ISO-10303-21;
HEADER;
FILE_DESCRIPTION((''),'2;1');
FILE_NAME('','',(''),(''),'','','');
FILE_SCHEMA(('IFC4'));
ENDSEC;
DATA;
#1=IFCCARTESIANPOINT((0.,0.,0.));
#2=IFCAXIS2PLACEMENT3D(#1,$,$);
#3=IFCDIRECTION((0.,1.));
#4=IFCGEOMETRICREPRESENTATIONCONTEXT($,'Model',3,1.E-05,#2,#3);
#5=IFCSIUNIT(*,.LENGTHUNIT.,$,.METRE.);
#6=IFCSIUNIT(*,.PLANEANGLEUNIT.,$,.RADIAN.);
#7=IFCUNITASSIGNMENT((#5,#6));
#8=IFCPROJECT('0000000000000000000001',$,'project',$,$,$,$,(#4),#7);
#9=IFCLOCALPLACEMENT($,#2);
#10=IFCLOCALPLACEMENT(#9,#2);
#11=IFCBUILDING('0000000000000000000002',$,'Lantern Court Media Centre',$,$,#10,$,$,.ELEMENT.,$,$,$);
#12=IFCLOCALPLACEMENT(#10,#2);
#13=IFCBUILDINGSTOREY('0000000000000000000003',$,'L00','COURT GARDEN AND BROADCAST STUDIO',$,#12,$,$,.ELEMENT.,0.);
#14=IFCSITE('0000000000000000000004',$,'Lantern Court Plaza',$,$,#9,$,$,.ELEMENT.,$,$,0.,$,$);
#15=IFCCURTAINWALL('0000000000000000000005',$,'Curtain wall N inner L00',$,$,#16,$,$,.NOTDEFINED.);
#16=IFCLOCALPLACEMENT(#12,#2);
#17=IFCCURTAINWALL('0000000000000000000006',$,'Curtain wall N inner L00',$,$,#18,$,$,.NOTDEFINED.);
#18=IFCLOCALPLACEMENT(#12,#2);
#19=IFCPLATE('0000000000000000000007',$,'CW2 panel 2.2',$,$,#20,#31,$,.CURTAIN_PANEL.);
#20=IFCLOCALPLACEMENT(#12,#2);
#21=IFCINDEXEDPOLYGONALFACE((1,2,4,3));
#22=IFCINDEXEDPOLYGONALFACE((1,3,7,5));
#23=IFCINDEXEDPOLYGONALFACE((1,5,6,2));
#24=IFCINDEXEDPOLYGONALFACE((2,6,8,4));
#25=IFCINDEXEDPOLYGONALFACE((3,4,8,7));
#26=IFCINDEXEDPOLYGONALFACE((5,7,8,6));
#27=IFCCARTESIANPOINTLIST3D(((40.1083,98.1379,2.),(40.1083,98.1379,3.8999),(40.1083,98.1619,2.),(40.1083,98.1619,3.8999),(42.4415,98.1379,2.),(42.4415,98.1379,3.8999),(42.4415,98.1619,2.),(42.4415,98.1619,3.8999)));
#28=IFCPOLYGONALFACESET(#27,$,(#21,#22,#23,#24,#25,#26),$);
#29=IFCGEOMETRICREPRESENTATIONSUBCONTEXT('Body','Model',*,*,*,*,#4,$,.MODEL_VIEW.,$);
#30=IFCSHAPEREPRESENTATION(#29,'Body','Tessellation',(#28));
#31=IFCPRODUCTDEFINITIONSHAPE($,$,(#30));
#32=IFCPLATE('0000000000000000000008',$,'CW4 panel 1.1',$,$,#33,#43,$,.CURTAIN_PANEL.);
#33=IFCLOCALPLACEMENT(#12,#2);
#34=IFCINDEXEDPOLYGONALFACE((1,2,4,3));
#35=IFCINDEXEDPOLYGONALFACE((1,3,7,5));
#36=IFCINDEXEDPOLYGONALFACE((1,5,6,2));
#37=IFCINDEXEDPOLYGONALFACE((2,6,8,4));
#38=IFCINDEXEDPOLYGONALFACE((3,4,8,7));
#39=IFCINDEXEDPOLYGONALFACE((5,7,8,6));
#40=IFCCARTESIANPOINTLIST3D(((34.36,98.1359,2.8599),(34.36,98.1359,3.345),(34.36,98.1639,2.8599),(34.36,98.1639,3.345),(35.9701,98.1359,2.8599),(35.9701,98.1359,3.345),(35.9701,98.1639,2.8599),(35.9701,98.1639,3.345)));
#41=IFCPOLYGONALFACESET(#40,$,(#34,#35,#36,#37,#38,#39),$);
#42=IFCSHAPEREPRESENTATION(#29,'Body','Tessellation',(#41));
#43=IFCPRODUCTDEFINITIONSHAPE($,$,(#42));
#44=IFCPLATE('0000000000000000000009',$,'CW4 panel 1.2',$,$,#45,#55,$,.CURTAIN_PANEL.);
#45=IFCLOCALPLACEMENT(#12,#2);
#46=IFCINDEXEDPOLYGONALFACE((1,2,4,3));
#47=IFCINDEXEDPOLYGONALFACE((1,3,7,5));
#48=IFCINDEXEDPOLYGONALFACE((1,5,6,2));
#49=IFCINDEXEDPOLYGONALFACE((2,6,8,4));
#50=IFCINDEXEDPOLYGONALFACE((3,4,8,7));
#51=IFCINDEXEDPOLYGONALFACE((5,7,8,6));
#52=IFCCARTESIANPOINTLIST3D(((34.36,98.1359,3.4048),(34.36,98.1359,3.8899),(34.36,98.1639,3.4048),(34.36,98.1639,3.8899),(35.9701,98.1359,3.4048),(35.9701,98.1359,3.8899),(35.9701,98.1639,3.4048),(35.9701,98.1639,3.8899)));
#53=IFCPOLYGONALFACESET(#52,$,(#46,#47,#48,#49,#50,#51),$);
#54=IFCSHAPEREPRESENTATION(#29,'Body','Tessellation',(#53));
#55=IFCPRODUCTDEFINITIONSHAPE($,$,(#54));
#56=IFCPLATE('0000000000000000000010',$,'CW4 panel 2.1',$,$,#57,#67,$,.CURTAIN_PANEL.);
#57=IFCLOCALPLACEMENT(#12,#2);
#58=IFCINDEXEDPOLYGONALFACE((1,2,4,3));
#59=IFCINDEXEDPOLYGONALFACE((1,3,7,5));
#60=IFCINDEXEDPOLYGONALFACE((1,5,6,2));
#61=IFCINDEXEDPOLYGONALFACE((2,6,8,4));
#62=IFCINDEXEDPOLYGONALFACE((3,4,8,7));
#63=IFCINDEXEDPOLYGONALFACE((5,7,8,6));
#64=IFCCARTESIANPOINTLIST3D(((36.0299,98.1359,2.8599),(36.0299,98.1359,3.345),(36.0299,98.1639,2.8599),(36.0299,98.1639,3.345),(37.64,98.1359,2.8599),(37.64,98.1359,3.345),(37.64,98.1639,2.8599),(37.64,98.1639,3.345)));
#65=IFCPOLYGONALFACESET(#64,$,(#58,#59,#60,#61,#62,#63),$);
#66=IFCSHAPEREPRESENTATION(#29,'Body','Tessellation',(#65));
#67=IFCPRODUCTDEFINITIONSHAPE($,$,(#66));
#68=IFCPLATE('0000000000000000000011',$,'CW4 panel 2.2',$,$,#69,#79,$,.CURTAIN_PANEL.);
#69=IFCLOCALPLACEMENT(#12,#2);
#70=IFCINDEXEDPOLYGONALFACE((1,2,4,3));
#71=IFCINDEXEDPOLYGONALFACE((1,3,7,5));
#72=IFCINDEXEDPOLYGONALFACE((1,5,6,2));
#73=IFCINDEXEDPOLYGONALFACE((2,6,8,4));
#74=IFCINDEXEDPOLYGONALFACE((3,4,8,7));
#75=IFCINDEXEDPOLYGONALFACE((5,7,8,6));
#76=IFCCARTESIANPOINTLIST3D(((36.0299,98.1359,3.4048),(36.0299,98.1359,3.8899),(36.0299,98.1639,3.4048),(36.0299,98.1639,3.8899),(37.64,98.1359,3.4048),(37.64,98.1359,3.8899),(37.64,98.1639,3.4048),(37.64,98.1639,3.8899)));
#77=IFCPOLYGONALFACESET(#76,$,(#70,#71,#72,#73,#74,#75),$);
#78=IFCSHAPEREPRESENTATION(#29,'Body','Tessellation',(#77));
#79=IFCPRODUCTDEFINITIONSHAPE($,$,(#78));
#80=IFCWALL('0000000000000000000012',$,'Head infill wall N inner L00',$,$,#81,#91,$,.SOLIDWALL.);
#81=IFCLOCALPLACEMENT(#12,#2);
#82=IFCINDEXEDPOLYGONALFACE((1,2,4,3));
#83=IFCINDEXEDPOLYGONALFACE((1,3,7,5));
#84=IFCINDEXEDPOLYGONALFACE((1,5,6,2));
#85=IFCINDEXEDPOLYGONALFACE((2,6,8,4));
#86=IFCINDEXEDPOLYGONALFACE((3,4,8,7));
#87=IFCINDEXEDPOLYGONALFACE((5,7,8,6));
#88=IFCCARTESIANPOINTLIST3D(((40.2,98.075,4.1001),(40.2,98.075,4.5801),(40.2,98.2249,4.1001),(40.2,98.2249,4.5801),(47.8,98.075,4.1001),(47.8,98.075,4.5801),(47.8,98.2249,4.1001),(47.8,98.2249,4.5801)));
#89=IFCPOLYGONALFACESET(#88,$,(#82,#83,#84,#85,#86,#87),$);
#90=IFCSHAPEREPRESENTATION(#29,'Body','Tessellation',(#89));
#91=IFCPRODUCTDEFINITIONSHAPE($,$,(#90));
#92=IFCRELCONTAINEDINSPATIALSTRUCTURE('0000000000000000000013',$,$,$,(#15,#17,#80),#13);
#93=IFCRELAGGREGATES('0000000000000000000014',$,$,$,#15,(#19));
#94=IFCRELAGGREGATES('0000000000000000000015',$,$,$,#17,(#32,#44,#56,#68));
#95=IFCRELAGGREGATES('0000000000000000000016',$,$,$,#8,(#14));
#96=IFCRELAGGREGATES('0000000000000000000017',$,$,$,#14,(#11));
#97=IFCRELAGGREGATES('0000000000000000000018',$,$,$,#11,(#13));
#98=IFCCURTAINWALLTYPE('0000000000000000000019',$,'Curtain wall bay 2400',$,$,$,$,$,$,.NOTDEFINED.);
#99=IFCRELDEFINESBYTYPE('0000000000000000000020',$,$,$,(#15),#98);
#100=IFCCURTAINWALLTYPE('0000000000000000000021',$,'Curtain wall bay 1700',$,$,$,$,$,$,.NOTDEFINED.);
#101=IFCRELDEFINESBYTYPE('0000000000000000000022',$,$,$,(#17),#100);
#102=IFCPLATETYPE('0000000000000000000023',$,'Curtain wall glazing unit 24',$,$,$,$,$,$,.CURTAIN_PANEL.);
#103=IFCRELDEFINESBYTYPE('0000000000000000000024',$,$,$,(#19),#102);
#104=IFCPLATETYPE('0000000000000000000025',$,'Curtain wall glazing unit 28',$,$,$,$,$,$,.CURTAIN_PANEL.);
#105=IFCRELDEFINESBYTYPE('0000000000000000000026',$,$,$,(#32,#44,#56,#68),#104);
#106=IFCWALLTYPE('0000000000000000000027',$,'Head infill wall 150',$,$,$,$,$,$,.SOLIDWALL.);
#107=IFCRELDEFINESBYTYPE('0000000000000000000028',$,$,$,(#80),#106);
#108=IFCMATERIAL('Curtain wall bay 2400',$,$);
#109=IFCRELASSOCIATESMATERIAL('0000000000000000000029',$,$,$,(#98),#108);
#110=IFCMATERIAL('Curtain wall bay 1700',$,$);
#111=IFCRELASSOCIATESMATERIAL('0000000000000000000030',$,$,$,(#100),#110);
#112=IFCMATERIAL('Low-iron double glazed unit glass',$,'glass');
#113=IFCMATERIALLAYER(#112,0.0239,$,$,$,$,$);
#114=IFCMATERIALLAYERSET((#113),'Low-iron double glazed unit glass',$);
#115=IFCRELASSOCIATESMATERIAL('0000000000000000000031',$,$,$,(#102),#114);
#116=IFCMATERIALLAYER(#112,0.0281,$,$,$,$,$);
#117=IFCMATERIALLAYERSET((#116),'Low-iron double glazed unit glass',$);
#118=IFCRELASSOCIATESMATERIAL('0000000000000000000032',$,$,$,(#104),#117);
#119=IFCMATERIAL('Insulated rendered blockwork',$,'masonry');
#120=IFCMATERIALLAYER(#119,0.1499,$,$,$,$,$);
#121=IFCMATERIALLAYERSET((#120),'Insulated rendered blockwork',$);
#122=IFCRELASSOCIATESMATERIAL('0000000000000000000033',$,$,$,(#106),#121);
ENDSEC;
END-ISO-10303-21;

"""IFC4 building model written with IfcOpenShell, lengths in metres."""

from ifc_helpers import new_model, si_unit, direction, frame, frame_2d, origin, origin_2d, place, context, subcontext, project, spatial, rectangle, extrude, material, layer, layer_set, type_object, element, aggregate, save


model = new_model("IFC4")

# Units and contexts
model_context = context("Model", 3, precision=1e-05, world=origin(), true_north=direction((0.0, 1.0)))
body_context = subcontext(model_context, "Body", "Model", "MODEL_VIEW")
ifc_project = project(units=[si_unit("LENGTHUNIT", "METRE"), si_unit("PLANEANGLEUNIT", "RADIAN")], contexts=[model_context])

# Site, building, storey
site_placement = place(None, origin())
site = spatial("IfcSite", under=ifc_project, at=site_placement, Name="Lantern Court Plaza", CompositionType="ELEMENT", RefElevation=0.0)
building_placement = place(site_placement, origin())
building = spatial("IfcBuilding", under=site, at=building_placement, Name="Lantern Court Media Centre", CompositionType="ELEMENT")
storey_placement = place(building_placement, origin())
storey = spatial("IfcBuildingStorey", under=building, at=storey_placement, Name="L00", Description="COURT GARDEN AND BROADCAST STUDIO", CompositionType="ELEMENT", Elevation=0.0)

# Curtain wall
ifc_material_1 = material(Name="Curtain wall bay 2400")
curtain_wall_type_1 = type_object("IfcCurtainWallType", Name="Curtain wall bay 2400", PredefinedType="NOTDEFINED", material=ifc_material_1)
curtain_wall_1_placement = place(storey_placement, origin())
curtain_wall_1 = element("IfcCurtainWall", 1, at=curtain_wall_1_placement, inside=storey, type_object=curtain_wall_type_1, Name="Curtain wall N inner L00", PredefinedType="NOTDEFINED")

# Curtain wall
ifc_material_2 = material(Name="Curtain wall bay 1700")
curtain_wall_type_2 = type_object("IfcCurtainWallType", Name="Curtain wall bay 1700", PredefinedType="NOTDEFINED", material=ifc_material_2)
curtain_wall_2_placement = place(storey_placement, origin())
curtain_wall_2 = element("IfcCurtainWall", 2, at=curtain_wall_2_placement, inside=storey, type_object=curtain_wall_type_2, Name="Curtain wall N inner L00", PredefinedType="NOTDEFINED")

# Shared definitions
ifc_material_3 = material(Name="Low-iron double glazed unit glass", Category="glass")
ifc_layer_1 = layer(ifc_material_3, 0.0239)
ifc_layer_set_1 = layer_set([ifc_layer_1], Name="Low-iron double glazed unit glass")
plate_type_1 = type_object("IfcPlateType", Name="Curtain wall glazing unit 24", PredefinedType="CURTAIN_PANEL", material=ifc_layer_set_1)

# Plates
plate_1_placement = place(storey_placement, frame((41.2749, 98.1499, 2.0), z_axis=(0.0, 0.0, 1.0), x_axis=(1.0, 0.0, 0.0)))
plate_1 = element("IfcPlate", 3, at=plate_1_placement, type_object=plate_type_1, Name="CW2 panel 2.2", PredefinedType="CURTAIN_PANEL", context=body_context, shape_type="SweptSolid", body=[
    extrude(rectangle(XDim=2.3333, YDim=0.0239, at=origin_2d()), origin(), (0.0, 0.0, 1.0), 1.8999),
])
aggregate(curtain_wall_1, [plate_1])
ifc_layer_2 = layer(ifc_material_3, 0.0281)
ifc_layer_set_2 = layer_set([ifc_layer_2], Name="Low-iron double glazed unit glass")
plate_type_2 = type_object("IfcPlateType", Name="Curtain wall glazing unit 28", PredefinedType="CURTAIN_PANEL", material=ifc_layer_set_2)
plate_2_placement = place(storey_placement, frame((35.165, 98.1499, 2.8599), z_axis=(0.0, 0.0, 1.0), x_axis=(1.0, 0.0, 0.0)))
plate_2 = element("IfcPlate", 4, at=plate_2_placement, type_object=plate_type_2, Name="CW4 panel 1.1", PredefinedType="CURTAIN_PANEL", context=body_context, shape_type="SweptSolid", body=[
    extrude(rectangle(XDim=1.6101, YDim=0.0281, at=origin_2d()), origin(), (0.0, 0.0, 1.0), 0.4851),
])
plate_3_placement = place(storey_placement, frame((35.165, 98.1499, 3.4048), z_axis=(0.0, 0.0, 1.0), x_axis=(1.0, 0.0, 0.0)))
plate_3 = element("IfcPlate", 5, at=plate_3_placement, type_object=plate_type_2, Name="CW4 panel 1.2", PredefinedType="CURTAIN_PANEL", context=body_context, shape_type="SweptSolid", body=[
    extrude(rectangle(XDim=1.6101, YDim=0.0281, at=origin_2d()), origin(), (0.0, 0.0, 1.0), 0.4851),
])
plate_4_placement = place(storey_placement, frame((36.835, 98.1499, 2.8599), z_axis=(0.0, 0.0, 1.0), x_axis=(1.0, 0.0, 0.0)))
plate_4 = element("IfcPlate", 6, at=plate_4_placement, type_object=plate_type_2, Name="CW4 panel 2.1", PredefinedType="CURTAIN_PANEL", context=body_context, shape_type="SweptSolid", body=[
    extrude(rectangle(XDim=1.6101, YDim=0.0281, at=origin_2d()), origin(), (0.0, 0.0, 1.0), 0.4851),
])
plate_5_placement = place(storey_placement, frame((36.835, 98.1499, 3.4048), z_axis=(0.0, 0.0, 1.0), x_axis=(1.0, 0.0, 0.0)))
plate_5 = element("IfcPlate", 7, at=plate_5_placement, type_object=plate_type_2, Name="CW4 panel 2.2", PredefinedType="CURTAIN_PANEL", context=body_context, shape_type="SweptSolid", body=[
    extrude(rectangle(XDim=1.6101, YDim=0.0281, at=origin_2d()), origin(), (0.0, 0.0, 1.0), 0.4851),
])
aggregate(curtain_wall_2, [plate_2, plate_3, plate_4, plate_5])

# Shared definitions
ifc_material_4 = material(Name="Insulated rendered blockwork", Category="masonry")

# Wall
ifc_layer_3 = layer(ifc_material_4, 0.1499)
ifc_layer_set_3 = layer_set([ifc_layer_3], Name="Insulated rendered blockwork")
wall_type_1 = type_object("IfcWallType", Name="Head infill wall 150", PredefinedType="SOLIDWALL", material=ifc_layer_set_3)
wall_1_placement = place(storey_placement, frame((40.2, 98.1499, 4.1001), z_axis=(0.0, 0.0, 1.0), x_axis=(1.0, 0.0, 0.0)))
element("IfcWall", 8, at=wall_1_placement, inside=storey, type_object=wall_type_1, Name="Head infill wall N inner L00", PredefinedType="SOLIDWALL", context=body_context, shape_type="SweptSolid", body=[
    extrude(rectangle(XDim=7.6001, YDim=0.1499, at=frame_2d((3.8, 0.0))), origin(), (0.0, 0.0, 1.0), 0.48),
])

save(model, "model.ifc")
